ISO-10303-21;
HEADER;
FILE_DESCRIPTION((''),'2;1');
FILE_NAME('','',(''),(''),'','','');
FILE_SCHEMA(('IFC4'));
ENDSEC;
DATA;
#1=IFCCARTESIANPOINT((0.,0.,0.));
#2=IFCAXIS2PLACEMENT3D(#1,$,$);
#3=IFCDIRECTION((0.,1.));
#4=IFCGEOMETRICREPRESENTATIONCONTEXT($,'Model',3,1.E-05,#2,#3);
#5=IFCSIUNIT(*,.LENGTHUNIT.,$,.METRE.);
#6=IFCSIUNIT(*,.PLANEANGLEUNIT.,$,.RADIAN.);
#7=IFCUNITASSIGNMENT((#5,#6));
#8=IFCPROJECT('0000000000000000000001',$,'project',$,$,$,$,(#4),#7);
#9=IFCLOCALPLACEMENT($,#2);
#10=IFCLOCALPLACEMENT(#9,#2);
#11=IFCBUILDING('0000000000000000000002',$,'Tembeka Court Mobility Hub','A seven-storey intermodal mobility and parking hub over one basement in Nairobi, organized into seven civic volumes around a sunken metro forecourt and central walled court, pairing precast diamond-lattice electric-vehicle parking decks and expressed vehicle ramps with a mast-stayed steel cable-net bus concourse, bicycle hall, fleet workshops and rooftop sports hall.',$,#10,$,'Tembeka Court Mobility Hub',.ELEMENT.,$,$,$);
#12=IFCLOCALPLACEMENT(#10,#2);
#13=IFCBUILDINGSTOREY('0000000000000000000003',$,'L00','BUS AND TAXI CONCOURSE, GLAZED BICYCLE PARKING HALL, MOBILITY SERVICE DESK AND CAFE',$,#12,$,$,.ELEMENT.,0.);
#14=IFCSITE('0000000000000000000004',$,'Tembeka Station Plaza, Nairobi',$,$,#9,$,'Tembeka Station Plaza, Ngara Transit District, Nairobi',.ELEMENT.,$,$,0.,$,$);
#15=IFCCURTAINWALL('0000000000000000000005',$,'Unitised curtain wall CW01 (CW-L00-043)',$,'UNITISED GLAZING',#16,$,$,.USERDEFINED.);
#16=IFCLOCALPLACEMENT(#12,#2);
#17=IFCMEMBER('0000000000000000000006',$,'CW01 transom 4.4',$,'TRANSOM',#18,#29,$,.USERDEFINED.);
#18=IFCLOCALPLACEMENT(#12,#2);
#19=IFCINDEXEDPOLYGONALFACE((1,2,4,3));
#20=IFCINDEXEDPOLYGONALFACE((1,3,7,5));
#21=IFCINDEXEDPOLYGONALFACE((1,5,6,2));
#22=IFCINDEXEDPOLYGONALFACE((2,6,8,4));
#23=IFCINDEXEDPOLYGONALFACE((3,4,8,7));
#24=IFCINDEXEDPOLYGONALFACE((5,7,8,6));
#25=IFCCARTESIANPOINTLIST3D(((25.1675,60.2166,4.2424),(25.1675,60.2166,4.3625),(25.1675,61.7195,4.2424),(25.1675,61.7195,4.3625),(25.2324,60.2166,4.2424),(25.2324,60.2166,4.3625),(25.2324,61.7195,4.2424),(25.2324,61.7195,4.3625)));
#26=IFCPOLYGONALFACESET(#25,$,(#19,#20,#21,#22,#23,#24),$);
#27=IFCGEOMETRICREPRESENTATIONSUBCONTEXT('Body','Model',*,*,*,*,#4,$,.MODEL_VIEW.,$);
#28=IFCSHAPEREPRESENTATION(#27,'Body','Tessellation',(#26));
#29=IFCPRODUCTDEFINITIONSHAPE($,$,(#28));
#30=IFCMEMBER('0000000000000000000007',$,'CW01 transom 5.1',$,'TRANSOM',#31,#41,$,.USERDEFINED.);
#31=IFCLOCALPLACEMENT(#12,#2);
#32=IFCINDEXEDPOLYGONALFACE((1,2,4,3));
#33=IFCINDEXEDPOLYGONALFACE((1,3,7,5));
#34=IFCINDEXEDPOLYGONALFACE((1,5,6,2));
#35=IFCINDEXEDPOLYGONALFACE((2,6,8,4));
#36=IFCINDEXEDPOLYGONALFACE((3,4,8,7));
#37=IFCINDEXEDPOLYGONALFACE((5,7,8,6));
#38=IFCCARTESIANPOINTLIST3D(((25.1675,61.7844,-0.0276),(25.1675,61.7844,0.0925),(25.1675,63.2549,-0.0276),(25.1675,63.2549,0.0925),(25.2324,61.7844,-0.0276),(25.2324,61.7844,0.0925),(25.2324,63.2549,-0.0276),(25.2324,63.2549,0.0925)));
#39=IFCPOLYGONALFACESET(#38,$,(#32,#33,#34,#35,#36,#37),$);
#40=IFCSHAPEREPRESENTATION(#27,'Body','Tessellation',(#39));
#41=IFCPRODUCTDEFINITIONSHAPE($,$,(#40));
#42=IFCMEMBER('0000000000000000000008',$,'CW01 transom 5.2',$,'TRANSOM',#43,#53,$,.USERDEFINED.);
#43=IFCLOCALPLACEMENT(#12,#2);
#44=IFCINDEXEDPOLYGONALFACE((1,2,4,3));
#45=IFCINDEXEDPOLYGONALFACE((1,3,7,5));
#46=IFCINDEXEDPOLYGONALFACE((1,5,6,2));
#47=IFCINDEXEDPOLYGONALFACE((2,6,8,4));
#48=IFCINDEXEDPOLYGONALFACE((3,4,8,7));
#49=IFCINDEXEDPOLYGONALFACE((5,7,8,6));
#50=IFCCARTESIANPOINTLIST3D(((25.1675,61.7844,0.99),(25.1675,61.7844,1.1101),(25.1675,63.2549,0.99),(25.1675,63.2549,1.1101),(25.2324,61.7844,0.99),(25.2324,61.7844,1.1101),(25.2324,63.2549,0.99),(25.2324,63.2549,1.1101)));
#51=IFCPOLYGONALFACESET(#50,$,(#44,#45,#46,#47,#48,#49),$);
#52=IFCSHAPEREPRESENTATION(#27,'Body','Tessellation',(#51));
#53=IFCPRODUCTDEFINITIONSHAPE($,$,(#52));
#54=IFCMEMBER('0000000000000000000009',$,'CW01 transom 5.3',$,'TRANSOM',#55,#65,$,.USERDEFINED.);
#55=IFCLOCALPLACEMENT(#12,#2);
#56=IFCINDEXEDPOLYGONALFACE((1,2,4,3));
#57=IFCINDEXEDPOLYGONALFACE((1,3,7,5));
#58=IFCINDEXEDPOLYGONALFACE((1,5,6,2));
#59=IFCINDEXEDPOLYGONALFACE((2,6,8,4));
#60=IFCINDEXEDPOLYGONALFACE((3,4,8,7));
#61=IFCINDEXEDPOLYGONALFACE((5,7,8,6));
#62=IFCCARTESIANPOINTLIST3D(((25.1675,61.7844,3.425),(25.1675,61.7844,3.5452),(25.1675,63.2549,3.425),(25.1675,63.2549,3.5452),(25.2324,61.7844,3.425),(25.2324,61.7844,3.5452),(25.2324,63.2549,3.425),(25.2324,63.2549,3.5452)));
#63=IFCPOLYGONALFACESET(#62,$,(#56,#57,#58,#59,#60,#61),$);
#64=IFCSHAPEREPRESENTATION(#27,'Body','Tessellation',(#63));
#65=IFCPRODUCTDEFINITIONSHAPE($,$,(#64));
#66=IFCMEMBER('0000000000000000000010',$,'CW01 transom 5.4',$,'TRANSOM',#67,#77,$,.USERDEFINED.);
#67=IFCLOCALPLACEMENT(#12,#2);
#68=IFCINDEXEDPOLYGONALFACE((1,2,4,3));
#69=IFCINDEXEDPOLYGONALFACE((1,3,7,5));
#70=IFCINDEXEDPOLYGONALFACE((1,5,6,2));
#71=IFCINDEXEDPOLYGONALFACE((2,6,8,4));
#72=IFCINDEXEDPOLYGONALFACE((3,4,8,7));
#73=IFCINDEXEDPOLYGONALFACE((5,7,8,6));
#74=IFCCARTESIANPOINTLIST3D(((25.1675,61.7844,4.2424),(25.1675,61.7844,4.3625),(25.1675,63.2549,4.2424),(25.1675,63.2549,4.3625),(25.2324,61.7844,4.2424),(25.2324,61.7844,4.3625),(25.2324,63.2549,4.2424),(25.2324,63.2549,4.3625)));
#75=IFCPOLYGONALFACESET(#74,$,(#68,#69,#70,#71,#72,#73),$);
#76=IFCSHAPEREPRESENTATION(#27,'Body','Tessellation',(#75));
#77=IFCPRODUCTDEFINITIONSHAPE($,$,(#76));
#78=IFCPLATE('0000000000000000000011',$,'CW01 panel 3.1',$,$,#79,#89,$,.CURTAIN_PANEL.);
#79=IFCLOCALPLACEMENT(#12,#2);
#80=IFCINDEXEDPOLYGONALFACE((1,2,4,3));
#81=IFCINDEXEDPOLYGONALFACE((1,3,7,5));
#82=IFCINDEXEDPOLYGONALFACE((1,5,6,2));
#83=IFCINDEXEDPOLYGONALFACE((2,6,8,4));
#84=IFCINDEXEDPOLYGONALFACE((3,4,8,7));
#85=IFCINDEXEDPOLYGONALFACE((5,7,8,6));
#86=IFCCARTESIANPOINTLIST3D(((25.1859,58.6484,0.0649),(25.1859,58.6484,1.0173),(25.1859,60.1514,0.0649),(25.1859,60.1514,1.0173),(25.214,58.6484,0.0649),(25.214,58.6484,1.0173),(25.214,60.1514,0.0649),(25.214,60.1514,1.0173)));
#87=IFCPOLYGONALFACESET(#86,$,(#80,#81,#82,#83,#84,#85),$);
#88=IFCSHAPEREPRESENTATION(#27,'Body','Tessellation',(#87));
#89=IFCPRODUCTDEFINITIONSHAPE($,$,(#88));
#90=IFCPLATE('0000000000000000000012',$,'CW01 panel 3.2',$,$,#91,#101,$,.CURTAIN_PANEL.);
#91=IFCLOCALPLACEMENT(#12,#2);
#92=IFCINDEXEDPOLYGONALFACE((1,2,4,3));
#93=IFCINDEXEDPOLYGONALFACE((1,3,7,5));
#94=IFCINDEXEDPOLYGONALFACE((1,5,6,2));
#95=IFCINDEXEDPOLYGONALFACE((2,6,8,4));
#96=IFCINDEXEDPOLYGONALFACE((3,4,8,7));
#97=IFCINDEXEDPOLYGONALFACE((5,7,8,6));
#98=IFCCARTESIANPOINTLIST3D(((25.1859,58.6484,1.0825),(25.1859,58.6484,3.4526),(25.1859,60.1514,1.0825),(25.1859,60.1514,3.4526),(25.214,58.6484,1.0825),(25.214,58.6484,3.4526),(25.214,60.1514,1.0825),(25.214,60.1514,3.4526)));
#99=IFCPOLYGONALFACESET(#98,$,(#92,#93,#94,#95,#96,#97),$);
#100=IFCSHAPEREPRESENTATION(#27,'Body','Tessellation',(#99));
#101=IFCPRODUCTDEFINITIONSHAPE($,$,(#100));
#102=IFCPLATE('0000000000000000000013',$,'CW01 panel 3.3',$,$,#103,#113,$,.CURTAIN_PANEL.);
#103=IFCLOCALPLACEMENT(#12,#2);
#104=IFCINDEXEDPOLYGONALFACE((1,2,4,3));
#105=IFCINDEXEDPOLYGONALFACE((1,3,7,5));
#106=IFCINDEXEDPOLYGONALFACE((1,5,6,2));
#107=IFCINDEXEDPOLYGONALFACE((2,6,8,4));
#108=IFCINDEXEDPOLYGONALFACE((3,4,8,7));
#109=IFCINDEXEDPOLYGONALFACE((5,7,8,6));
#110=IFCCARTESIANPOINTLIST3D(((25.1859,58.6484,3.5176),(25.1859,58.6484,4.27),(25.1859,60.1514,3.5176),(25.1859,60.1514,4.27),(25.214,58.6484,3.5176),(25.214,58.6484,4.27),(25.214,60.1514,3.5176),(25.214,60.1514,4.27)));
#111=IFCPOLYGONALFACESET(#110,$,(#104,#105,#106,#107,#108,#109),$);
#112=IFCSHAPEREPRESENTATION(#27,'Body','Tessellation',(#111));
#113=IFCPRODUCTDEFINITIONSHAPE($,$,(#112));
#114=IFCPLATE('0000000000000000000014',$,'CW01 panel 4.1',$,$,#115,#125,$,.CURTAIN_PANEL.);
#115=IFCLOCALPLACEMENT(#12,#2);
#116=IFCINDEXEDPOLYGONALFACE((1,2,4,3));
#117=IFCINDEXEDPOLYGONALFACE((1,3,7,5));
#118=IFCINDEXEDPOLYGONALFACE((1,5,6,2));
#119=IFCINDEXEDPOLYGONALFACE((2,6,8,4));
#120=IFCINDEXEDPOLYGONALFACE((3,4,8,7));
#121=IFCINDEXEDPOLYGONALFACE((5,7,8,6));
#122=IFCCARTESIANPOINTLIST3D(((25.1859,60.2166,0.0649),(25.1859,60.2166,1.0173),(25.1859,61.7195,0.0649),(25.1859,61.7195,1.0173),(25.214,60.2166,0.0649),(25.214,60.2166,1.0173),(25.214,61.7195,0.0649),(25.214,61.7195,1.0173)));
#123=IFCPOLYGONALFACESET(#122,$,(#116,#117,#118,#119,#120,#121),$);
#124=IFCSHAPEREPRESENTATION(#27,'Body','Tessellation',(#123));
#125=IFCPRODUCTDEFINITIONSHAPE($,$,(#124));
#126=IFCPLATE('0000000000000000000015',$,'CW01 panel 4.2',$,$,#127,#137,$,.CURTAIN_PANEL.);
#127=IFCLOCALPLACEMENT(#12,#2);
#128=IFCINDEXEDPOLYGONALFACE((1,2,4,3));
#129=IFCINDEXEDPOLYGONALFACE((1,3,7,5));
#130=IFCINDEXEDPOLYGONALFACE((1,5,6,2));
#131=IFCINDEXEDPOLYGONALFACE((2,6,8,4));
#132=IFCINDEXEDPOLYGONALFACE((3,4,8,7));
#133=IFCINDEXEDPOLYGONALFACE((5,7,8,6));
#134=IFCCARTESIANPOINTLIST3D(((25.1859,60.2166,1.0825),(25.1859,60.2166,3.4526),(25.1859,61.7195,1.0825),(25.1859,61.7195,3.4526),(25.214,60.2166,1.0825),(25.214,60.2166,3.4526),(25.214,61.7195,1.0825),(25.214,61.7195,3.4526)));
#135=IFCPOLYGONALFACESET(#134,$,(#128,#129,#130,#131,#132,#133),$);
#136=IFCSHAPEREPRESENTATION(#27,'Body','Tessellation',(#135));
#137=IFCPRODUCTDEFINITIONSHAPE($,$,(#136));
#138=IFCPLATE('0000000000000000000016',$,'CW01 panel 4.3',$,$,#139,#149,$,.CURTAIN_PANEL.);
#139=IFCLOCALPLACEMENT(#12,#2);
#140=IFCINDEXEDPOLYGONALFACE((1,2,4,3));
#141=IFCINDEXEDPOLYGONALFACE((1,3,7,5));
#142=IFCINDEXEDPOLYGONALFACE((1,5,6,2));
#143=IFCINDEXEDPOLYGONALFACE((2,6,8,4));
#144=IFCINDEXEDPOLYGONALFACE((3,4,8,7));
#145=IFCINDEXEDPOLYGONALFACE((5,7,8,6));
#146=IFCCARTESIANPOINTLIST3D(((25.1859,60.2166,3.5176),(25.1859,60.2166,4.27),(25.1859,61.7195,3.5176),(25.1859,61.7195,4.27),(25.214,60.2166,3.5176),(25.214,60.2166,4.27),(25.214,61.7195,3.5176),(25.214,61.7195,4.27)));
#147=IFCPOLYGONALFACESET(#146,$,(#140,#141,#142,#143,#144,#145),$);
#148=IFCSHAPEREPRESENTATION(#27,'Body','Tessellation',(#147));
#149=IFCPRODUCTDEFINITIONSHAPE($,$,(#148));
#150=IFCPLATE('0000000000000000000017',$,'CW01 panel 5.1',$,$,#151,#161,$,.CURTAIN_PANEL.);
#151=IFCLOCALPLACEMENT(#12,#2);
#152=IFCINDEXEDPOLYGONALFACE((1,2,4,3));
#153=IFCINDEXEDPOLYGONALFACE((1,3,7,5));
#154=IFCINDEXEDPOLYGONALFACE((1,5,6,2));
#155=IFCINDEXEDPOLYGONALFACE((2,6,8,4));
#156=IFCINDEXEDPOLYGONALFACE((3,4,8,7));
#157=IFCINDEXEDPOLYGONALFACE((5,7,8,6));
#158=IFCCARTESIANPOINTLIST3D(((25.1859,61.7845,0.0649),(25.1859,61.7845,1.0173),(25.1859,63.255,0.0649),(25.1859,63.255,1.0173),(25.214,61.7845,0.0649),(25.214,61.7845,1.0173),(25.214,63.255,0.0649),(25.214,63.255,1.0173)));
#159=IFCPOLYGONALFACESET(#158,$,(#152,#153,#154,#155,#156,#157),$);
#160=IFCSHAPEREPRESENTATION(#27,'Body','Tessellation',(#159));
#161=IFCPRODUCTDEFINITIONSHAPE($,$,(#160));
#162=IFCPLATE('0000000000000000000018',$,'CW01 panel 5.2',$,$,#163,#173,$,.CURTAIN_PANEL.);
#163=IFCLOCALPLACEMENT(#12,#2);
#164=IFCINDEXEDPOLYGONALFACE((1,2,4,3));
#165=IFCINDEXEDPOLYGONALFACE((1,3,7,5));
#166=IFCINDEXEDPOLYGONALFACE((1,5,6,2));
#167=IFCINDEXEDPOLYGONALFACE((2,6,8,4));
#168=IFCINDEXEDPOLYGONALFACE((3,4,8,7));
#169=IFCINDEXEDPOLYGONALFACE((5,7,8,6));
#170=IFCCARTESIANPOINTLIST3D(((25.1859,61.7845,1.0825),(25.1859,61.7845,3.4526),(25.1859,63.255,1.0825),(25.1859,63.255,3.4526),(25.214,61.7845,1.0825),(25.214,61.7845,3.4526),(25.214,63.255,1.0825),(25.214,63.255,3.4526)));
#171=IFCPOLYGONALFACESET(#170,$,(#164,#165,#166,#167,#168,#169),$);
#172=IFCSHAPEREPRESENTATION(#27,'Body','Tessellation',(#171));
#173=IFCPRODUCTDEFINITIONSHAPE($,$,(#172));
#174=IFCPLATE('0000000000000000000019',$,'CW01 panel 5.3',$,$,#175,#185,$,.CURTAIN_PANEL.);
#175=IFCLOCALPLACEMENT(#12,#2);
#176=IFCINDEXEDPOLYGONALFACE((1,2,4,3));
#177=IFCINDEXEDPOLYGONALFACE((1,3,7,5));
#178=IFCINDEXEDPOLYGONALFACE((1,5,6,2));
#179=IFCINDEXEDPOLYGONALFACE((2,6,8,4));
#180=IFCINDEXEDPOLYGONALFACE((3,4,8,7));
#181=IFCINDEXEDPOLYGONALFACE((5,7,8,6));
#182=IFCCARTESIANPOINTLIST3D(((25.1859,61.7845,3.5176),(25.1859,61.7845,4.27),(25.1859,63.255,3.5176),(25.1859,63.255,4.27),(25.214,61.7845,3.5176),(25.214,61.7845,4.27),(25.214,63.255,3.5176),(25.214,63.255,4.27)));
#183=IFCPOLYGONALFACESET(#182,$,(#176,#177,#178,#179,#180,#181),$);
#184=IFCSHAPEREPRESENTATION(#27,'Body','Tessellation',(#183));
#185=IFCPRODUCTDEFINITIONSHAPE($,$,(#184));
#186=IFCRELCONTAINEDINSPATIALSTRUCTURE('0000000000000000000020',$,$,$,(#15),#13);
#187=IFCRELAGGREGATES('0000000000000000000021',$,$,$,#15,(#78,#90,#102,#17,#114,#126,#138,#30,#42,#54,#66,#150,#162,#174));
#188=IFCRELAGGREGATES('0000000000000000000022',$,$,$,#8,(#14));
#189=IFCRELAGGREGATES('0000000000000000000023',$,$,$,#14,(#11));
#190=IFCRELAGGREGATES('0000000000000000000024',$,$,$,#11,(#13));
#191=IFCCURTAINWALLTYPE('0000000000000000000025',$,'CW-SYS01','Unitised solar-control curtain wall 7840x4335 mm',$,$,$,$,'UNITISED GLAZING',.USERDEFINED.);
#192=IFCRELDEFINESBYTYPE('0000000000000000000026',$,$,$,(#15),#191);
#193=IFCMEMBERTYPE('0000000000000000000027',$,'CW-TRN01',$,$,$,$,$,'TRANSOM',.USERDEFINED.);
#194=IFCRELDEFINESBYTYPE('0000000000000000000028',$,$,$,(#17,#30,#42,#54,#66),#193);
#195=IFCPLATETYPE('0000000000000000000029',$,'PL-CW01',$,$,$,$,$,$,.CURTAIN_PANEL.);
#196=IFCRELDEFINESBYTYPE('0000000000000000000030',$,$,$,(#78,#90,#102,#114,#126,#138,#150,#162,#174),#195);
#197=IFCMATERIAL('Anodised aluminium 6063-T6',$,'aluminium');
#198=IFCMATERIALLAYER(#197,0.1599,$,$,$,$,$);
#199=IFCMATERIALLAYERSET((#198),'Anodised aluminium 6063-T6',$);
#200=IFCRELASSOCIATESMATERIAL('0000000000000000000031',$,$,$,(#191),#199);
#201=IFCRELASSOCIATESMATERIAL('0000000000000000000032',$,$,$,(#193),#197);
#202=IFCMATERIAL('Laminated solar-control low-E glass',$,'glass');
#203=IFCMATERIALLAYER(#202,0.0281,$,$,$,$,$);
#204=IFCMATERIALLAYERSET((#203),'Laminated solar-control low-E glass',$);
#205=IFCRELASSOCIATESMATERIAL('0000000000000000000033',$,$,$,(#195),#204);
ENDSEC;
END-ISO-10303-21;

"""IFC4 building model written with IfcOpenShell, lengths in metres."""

from ifc_helpers import new_model, si_unit, direction, frame, origin, origin_2d, place, context, subcontext, project, spatial, rectangle, extrude, material, layer, layer_set, material_profile, profile_set, type_object, element, aggregate, save


model = new_model("IFC4")

# Units and contexts
model_context = context("Model", 3, precision=1e-05, world=origin(), true_north=direction((0.0, 1.0)))
body_context = subcontext(model_context, "Body", "Model", "MODEL_VIEW")
ifc_project = project(units=[si_unit("LENGTHUNIT", "METRE"), si_unit("PLANEANGLEUNIT", "RADIAN")], contexts=[model_context])

# Site, building, storey
site_placement = place(None, origin())
site = spatial("IfcSite", under=ifc_project, at=site_placement, Name="Tembeka Station Plaza, Nairobi", LongName="Tembeka Station Plaza, Ngara Transit District, Nairobi", CompositionType="ELEMENT", RefElevation=0.0)
building_placement = place(site_placement, origin())
building = spatial("IfcBuilding", under=site, at=building_placement, Name="Tembeka Court Mobility Hub", Description="A seven-storey intermodal mobility and parking hub over one basement in Nairobi, organized into seven civic volumes around a sunken metro forecourt and central walled court, pairing precast diamond-lattice electric-vehicle parking decks and expressed vehicle ramps with a mast-stayed steel cable-net bus concourse, bicycle hall, fleet workshops and rooftop sports hall.", LongName="Tembeka Court Mobility Hub", CompositionType="ELEMENT")
storey_placement = place(building_placement, origin())
storey = spatial("IfcBuildingStorey", under=building, at=storey_placement, Name="L00", Description="BUS AND TAXI CONCOURSE, GLAZED BICYCLE PARKING HALL, MOBILITY SERVICE DESK AND CAFE", CompositionType="ELEMENT", Elevation=0.0)

# Curtain wall, members, plates
ifc_material_1 = material(Name="Anodised aluminium 6063-T6", Category="aluminium")
ifc_layer_1 = layer(ifc_material_1, 0.1599)
ifc_layer_set_1 = layer_set([ifc_layer_1], Name="Anodised aluminium 6063-T6")
curtain_wall_type = type_object("IfcCurtainWallType", Name="CW-SYS01", Description="Unitised solar-control curtain wall 7840x4335 mm", ElementType="UNITISED GLAZING", PredefinedType="USERDEFINED", material=ifc_layer_set_1)
curtain_wall_placement = place(storey_placement, origin())
curtain_wall = element("IfcCurtainWall", 1, at=curtain_wall_placement, inside=storey, type_object=curtain_wall_type, Name="Unitised curtain wall CW01 (CW-L00-043)", ObjectType="UNITISED GLAZING", PredefinedType="USERDEFINED")
ifc_material_profile_1 = material_profile(ifc_material_1, rectangle(XDim=0.0649, YDim=0.1201, at=origin_2d()), Name="ALU-TRN 65x120")
ifc_profile_set_1 = profile_set([ifc_material_profile_1], Name="Anodised aluminium 6063-T6")
member_type_1 = type_object("IfcMemberType", Name="CW-TRN01", ElementType="TRANSOM", PredefinedType="USERDEFINED", material=ifc_profile_set_1)
member_1_placement = place(storey_placement, frame((25.2, 60.2166, 4.3025), z_axis=(0.0, 1.0, 0.0), x_axis=(-1.0, 0.0, 0.0)))
member_1 = element("IfcMember", 2, at=member_1_placement, type_object=member_type_1, Name="CW01 transom 4.4", ObjectType="TRANSOM", PredefinedType="USERDEFINED", context=body_context, shape_type="SweptSolid", body=[
    extrude(rectangle(XDim=0.0649, YDim=0.1201, at=origin_2d()), origin(), (0.0, 0.0, 1.0), 1.5029),
])
member_2_placement = place(storey_placement, frame((25.2, 61.7844, 0.0325), z_axis=(0.0, 1.0, 0.0), x_axis=(-1.0, 0.0, 0.0)))
member_2 = element("IfcMember", 3, at=member_2_placement, type_object=member_type_1, Name="CW01 transom 5.1", ObjectType="TRANSOM", PredefinedType="USERDEFINED", context=body_context, shape_type="SweptSolid", body=[
    extrude(rectangle(XDim=0.0649, YDim=0.1201, at=origin_2d()), origin(), (0.0, 0.0, 1.0), 1.4705),
])
member_3_placement = place(storey_placement, frame((25.2, 61.7844, 1.05), z_axis=(0.0, 1.0, 0.0), x_axis=(-1.0, 0.0, 0.0)))
member_3 = element("IfcMember", 4, at=member_3_placement, type_object=member_type_1, Name="CW01 transom 5.2", ObjectType="TRANSOM", PredefinedType="USERDEFINED", context=body_context, shape_type="SweptSolid", body=[
    extrude(rectangle(XDim=0.0649, YDim=0.1201, at=origin_2d()), origin(), (0.0, 0.0, 1.0), 1.4705),
])
member_4_placement = place(storey_placement, frame((25.2, 61.7844, 3.4851), z_axis=(0.0, 1.0, 0.0), x_axis=(-1.0, 0.0, 0.0)))
member_4 = element("IfcMember", 5, at=member_4_placement, type_object=member_type_1, Name="CW01 transom 5.3", ObjectType="TRANSOM", PredefinedType="USERDEFINED", context=body_context, shape_type="SweptSolid", body=[
    extrude(rectangle(XDim=0.0649, YDim=0.1201, at=origin_2d()), origin(), (0.0, 0.0, 1.0), 1.4705),
])
member_5_placement = place(storey_placement, frame((25.2, 61.7844, 4.3025), z_axis=(0.0, 1.0, 0.0), x_axis=(-1.0, 0.0, 0.0)))
member_5 = element("IfcMember", 6, at=member_5_placement, type_object=member_type_1, Name="CW01 transom 5.4", ObjectType="TRANSOM", PredefinedType="USERDEFINED", context=body_context, shape_type="SweptSolid", body=[
    extrude(rectangle(XDim=0.0649, YDim=0.1201, at=origin_2d()), origin(), (0.0, 0.0, 1.0), 1.4705),
])
ifc_material_2 = material(Name="Laminated solar-control low-E glass", Category="glass")
ifc_layer_2 = layer(ifc_material_2, 0.0281)
ifc_layer_set_2 = layer_set([ifc_layer_2], Name="Laminated solar-control low-E glass")
plate_type = type_object("IfcPlateType", Name="PL-CW01", PredefinedType="CURTAIN_PANEL", material=ifc_layer_set_2)
plate_1_placement = place(storey_placement, frame((25.2, 59.3999, 0.0649), z_axis=(0.0, 0.0, 1.0), x_axis=(0.0, 1.0, 0.0)))
plate_1 = element("IfcPlate", 7, at=plate_1_placement, type_object=plate_type, Name="CW01 panel 3.1", PredefinedType="CURTAIN_PANEL", context=body_context, shape_type="SweptSolid", body=[
    extrude(rectangle(XDim=1.5029, YDim=0.0281, at=origin_2d()), origin(), (0.0, 0.0, 1.0), 0.9524),
])
plate_2_placement = place(storey_placement, frame((25.2, 59.3999, 1.0825), z_axis=(0.0, 0.0, 1.0), x_axis=(0.0, 1.0, 0.0)))
plate_2 = element("IfcPlate", 8, at=plate_2_placement, type_object=plate_type, Name="CW01 panel 3.2", PredefinedType="CURTAIN_PANEL", context=body_context, shape_type="SweptSolid", body=[
    extrude(rectangle(XDim=1.5029, YDim=0.0281, at=origin_2d()), origin(), (0.0, 0.0, 1.0), 2.3701),
])
plate_3_placement = place(storey_placement, frame((25.2, 59.3999, 3.5176), z_axis=(0.0, 0.0, 1.0), x_axis=(0.0, 1.0, 0.0)))
plate_3 = element("IfcPlate", 9, at=plate_3_placement, type_object=plate_type, Name="CW01 panel 3.3", PredefinedType="CURTAIN_PANEL", context=body_context, shape_type="SweptSolid", body=[
    extrude(rectangle(XDim=1.5029, YDim=0.0281, at=origin_2d()), origin(), (0.0, 0.0, 1.0), 0.7524),
])
plate_4_placement = place(storey_placement, frame((25.2, 60.968, 0.0649), z_axis=(0.0, 0.0, 1.0), x_axis=(0.0, 1.0, 0.0)))
plate_4 = element("IfcPlate", 10, at=plate_4_placement, type_object=plate_type, Name="CW01 panel 4.1", PredefinedType="CURTAIN_PANEL", context=body_context, shape_type="SweptSolid", body=[
    extrude(rectangle(XDim=1.5029, YDim=0.0281, at=origin_2d()), origin(), (0.0, 0.0, 1.0), 0.9524),
])
plate_5_placement = place(storey_placement, frame((25.2, 60.968, 1.0825), z_axis=(0.0, 0.0, 1.0), x_axis=(0.0, 1.0, 0.0)))
plate_5 = element("IfcPlate", 11, at=plate_5_placement, type_object=plate_type, Name="CW01 panel 4.2", PredefinedType="CURTAIN_PANEL", context=body_context, shape_type="SweptSolid", body=[
    extrude(rectangle(XDim=1.5029, YDim=0.0281, at=origin_2d()), origin(), (0.0, 0.0, 1.0), 2.3701),
])
plate_6_placement = place(storey_placement, frame((25.2, 60.968, 3.5176), z_axis=(0.0, 0.0, 1.0), x_axis=(0.0, 1.0, 0.0)))
plate_6 = element("IfcPlate", 12, at=plate_6_placement, type_object=plate_type, Name="CW01 panel 4.3", PredefinedType="CURTAIN_PANEL", context=body_context, shape_type="SweptSolid", body=[
    extrude(rectangle(XDim=1.5029, YDim=0.0281, at=origin_2d()), origin(), (0.0, 0.0, 1.0), 0.7524),
])
plate_7_placement = place(storey_placement, frame((25.2, 62.5198, 0.0649), z_axis=(0.0, 0.0, 1.0), x_axis=(0.0, 1.0, 0.0)))
plate_7 = element("IfcPlate", 13, at=plate_7_placement, type_object=plate_type, Name="CW01 panel 5.1", PredefinedType="CURTAIN_PANEL", context=body_context, shape_type="SweptSolid", body=[
    extrude(rectangle(XDim=1.4705, YDim=0.0281, at=origin_2d()), origin(), (0.0, 0.0, 1.0), 0.9524),
])
plate_8_placement = place(storey_placement, frame((25.2, 62.5198, 1.0825), z_axis=(0.0, 0.0, 1.0), x_axis=(0.0, 1.0, 0.0)))
plate_8 = element("IfcPlate", 14, at=plate_8_placement, type_object=plate_type, Name="CW01 panel 5.2", PredefinedType="CURTAIN_PANEL", context=body_context, shape_type="SweptSolid", body=[
    extrude(rectangle(XDim=1.4705, YDim=0.0281, at=origin_2d()), origin(), (0.0, 0.0, 1.0), 2.3701),
])
plate_9_placement = place(storey_placement, frame((25.2, 62.5198, 3.5176), z_axis=(0.0, 0.0, 1.0), x_axis=(0.0, 1.0, 0.0)))
plate_9 = element("IfcPlate", 15, at=plate_9_placement, type_object=plate_type, Name="CW01 panel 5.3", PredefinedType="CURTAIN_PANEL", context=body_context, shape_type="SweptSolid", body=[
    extrude(rectangle(XDim=1.4705, YDim=0.0281, at=origin_2d()), origin(), (0.0, 0.0, 1.0), 0.7524),
])
aggregate(curtain_wall, [plate_1, plate_2, plate_3, member_1, plate_4, plate_5, plate_6, member_2, member_3, member_4, member_5, plate_7, plate_8, plate_9])

save(model, "model.ifc")
